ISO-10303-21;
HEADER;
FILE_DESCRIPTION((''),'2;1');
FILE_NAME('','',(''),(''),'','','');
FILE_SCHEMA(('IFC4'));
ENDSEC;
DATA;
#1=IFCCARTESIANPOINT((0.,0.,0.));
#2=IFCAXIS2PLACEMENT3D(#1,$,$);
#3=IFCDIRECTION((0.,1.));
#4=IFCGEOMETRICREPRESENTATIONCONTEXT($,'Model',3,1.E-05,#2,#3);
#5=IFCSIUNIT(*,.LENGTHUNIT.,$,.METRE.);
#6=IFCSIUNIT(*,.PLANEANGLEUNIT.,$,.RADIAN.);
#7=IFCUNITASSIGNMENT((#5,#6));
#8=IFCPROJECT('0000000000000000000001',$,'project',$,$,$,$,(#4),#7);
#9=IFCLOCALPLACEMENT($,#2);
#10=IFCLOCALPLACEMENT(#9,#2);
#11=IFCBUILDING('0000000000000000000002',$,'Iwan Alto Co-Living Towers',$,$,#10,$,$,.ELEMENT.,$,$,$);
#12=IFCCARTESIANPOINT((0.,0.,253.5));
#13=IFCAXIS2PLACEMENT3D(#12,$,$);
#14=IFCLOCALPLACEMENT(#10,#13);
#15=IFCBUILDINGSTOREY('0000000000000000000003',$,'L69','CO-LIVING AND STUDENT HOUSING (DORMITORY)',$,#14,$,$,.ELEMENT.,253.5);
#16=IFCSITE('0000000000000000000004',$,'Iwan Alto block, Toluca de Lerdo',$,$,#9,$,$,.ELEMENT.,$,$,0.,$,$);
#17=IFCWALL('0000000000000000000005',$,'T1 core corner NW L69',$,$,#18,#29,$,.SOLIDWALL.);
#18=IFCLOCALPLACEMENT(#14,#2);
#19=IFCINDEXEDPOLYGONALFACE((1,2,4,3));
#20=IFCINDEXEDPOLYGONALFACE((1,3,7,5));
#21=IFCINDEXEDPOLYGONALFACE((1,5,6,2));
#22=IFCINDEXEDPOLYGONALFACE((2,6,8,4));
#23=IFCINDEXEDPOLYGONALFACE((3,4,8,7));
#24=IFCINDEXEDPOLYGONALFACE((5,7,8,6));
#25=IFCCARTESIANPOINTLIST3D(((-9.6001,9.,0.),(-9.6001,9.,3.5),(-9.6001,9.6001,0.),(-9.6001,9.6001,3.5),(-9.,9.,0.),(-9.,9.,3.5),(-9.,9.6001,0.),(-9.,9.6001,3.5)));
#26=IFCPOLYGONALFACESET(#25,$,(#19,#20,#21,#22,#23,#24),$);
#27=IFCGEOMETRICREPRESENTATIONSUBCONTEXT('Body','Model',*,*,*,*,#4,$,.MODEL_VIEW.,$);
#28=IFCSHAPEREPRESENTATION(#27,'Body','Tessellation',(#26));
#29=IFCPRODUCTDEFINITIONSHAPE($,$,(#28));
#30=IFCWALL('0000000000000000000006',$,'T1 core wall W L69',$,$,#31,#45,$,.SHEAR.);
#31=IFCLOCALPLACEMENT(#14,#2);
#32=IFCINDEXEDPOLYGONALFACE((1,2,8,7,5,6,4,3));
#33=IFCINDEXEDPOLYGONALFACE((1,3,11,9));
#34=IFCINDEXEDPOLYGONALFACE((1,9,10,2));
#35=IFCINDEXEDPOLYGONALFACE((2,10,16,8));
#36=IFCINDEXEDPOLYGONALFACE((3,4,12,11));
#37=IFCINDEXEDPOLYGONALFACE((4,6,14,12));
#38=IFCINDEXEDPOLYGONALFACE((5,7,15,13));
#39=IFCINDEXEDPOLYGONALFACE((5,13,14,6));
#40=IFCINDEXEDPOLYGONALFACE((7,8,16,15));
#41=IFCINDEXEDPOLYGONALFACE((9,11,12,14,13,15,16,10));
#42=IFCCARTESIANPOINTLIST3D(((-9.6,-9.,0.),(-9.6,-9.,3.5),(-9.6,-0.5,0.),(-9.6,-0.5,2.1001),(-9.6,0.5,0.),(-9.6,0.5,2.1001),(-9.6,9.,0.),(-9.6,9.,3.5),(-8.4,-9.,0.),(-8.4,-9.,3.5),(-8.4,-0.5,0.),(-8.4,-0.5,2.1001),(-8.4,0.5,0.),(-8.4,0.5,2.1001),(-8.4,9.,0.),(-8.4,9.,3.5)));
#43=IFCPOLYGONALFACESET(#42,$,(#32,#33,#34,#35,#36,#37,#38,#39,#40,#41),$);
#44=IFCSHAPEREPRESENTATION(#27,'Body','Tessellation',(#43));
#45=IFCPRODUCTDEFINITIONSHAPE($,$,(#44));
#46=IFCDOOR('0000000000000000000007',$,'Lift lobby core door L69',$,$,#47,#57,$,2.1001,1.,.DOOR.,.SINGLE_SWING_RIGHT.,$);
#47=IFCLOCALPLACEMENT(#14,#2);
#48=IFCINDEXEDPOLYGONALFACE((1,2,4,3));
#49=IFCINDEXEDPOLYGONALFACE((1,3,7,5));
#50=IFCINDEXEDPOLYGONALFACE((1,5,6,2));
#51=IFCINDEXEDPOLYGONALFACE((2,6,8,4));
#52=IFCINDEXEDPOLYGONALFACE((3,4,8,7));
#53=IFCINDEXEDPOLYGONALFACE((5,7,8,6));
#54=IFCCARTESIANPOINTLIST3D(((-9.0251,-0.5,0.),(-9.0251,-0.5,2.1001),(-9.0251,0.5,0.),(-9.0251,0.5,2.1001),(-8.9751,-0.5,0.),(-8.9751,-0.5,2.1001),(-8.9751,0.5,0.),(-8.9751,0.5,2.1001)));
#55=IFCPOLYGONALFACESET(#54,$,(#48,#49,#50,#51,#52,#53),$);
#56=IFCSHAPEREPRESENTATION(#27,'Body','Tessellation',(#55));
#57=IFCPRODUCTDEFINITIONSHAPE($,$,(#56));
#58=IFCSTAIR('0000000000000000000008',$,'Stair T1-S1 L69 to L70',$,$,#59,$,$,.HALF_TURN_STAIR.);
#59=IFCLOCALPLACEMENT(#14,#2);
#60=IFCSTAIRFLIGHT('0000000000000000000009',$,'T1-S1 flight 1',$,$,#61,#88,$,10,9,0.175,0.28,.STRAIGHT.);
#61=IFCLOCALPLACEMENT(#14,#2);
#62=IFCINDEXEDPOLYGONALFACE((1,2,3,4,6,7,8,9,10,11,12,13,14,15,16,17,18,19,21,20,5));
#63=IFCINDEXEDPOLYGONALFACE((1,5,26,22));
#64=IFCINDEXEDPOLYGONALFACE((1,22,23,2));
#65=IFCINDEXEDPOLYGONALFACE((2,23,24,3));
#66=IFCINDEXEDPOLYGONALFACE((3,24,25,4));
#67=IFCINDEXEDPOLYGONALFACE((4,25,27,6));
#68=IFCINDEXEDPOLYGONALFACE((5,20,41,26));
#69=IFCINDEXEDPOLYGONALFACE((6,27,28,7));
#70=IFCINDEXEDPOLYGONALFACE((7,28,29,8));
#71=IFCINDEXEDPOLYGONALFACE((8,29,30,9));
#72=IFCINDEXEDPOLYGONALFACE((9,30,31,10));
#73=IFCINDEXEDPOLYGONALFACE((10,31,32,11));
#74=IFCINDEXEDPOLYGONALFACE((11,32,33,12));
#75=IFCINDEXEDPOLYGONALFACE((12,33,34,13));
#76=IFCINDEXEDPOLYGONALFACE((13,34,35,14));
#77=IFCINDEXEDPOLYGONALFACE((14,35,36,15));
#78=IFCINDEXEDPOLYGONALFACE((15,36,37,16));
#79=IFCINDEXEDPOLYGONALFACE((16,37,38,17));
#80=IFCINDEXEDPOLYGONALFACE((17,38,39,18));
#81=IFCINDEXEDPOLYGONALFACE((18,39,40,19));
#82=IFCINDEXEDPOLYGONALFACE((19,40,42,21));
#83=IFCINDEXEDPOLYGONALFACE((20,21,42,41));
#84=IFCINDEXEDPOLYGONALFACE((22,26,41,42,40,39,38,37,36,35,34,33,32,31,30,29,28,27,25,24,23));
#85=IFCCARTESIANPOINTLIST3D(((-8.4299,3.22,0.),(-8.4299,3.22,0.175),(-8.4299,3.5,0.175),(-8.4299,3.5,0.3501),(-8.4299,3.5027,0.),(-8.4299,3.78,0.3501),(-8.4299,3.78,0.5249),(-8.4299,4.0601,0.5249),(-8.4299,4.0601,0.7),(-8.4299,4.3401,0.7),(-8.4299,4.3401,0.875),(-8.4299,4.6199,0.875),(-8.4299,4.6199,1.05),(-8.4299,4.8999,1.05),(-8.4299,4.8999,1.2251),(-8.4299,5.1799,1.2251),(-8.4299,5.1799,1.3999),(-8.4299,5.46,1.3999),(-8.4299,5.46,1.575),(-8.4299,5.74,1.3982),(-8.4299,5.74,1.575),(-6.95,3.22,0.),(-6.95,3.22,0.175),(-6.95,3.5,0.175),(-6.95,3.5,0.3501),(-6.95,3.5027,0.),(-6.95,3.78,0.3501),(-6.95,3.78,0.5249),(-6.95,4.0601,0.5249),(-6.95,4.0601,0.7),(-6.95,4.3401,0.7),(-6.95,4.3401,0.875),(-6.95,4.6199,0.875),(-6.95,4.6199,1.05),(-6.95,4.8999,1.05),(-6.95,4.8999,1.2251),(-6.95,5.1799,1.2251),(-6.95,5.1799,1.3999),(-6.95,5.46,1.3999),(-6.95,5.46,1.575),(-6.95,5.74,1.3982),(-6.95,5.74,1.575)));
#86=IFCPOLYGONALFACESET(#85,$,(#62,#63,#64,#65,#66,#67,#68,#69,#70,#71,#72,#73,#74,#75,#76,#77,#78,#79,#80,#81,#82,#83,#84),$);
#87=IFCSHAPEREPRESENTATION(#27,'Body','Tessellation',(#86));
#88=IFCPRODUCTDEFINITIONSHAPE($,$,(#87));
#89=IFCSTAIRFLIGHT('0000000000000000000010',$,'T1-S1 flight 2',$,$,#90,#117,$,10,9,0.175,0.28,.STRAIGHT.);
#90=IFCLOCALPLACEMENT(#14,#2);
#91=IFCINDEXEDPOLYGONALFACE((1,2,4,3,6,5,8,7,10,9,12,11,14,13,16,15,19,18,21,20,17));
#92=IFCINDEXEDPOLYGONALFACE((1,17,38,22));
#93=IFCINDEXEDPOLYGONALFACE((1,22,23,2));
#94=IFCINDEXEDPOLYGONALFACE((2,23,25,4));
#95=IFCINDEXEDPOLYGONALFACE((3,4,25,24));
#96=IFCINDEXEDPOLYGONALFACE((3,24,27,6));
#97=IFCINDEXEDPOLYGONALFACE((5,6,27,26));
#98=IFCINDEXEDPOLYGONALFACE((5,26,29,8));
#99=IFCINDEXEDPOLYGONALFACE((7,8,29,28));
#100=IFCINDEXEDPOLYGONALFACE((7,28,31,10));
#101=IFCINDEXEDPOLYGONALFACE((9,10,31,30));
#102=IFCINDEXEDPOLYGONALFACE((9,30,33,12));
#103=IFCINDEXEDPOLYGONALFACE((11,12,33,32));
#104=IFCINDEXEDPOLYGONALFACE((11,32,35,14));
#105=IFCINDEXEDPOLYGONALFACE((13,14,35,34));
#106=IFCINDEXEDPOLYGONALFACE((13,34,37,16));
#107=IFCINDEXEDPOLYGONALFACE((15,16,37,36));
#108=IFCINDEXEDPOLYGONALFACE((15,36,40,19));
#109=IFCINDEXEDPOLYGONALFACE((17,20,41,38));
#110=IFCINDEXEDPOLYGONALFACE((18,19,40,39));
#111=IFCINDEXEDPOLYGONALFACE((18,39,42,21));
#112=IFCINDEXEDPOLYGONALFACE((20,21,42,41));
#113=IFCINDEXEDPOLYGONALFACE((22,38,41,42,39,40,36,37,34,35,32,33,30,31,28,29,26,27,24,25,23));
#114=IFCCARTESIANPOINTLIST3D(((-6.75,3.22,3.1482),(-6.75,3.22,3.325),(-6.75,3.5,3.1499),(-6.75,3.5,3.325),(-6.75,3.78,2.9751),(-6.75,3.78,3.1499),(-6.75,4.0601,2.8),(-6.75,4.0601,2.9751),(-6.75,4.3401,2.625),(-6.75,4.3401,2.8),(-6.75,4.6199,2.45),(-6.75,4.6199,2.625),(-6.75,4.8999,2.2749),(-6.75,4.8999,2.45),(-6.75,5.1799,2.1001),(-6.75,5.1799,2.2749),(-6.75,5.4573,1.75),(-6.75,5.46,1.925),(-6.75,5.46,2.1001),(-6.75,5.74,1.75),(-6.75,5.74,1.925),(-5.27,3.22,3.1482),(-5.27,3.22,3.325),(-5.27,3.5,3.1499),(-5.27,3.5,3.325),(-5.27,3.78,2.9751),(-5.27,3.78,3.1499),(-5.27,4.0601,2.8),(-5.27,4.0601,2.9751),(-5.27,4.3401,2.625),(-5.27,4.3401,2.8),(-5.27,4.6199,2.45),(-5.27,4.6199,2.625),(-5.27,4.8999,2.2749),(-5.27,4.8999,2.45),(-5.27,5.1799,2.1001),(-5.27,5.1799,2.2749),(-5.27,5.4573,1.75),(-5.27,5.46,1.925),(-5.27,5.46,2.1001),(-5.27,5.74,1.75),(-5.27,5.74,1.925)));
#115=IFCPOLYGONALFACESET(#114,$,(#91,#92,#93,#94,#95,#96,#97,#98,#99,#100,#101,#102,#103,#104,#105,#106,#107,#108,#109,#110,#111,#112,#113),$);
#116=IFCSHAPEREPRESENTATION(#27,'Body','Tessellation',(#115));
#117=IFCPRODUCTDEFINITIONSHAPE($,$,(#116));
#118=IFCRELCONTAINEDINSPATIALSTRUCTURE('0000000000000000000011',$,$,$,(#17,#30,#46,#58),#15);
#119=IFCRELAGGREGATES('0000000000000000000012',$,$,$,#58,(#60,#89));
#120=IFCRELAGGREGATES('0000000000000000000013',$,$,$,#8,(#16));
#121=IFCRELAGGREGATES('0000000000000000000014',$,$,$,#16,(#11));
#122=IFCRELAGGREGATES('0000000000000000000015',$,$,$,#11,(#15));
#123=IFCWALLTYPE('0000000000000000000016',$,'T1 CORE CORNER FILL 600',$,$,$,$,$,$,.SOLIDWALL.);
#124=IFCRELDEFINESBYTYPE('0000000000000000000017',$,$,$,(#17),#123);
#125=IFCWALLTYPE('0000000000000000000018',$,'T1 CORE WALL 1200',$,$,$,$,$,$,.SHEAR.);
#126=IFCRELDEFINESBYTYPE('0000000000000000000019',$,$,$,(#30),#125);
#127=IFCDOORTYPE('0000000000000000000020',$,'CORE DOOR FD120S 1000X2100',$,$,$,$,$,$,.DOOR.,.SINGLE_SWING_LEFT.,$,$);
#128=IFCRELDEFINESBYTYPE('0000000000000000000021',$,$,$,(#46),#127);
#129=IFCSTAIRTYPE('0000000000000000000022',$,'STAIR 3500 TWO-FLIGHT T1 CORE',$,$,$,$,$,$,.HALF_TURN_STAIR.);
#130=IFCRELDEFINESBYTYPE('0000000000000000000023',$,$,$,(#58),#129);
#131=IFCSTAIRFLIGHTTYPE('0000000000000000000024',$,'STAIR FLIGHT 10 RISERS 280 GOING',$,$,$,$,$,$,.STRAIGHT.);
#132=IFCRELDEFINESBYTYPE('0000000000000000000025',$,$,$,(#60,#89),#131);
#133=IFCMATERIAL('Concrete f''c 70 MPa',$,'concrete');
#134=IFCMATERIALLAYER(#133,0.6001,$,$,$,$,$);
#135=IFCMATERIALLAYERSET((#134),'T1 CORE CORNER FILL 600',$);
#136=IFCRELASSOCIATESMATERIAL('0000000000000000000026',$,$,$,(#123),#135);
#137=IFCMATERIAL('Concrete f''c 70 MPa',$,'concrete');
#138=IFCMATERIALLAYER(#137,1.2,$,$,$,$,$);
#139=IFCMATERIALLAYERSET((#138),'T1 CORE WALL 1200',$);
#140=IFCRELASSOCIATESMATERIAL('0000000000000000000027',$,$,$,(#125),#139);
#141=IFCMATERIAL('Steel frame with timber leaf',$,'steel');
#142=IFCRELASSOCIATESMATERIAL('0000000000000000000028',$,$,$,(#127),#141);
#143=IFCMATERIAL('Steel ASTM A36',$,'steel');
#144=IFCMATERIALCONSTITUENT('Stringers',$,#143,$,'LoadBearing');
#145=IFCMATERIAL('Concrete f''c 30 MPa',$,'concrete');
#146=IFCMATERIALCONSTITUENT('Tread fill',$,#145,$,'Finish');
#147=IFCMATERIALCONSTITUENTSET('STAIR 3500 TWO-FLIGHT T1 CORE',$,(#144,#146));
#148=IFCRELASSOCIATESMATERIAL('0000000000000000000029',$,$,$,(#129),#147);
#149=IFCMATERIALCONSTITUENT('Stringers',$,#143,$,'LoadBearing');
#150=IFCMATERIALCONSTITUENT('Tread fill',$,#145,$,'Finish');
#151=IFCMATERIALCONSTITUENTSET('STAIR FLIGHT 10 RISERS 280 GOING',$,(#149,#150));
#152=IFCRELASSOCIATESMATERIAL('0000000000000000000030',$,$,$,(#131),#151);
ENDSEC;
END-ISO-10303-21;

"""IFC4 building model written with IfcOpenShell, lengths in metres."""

from ifc_helpers import new_model, si_unit, direction, frame, frame_2d, origin, place, context, subcontext, project, spatial, polyline, rectangle, outline, extrude, material, layer, layer_set, constituent, constituent_set, type_object, element, fill, aggregate, save


model = new_model("IFC4")

# Units and contexts
model_context = context("Model", 3, precision=1e-05, world=origin(), true_north=direction((0.0, 1.0)))
body_context = subcontext(model_context, "Body", "Model", "MODEL_VIEW")
ifc_project = project(units=[si_unit("LENGTHUNIT", "METRE"), si_unit("PLANEANGLEUNIT", "RADIAN")], contexts=[model_context])

# Site, building, storey
site_placement = place(None, origin())
site = spatial("IfcSite", under=ifc_project, at=site_placement, Name="Iwan Alto block, Toluca de Lerdo", CompositionType="ELEMENT", RefElevation=0.0)
building_placement = place(site_placement, origin())
building = spatial("IfcBuilding", under=site, at=building_placement, Name="Iwan Alto Co-Living Towers", CompositionType="ELEMENT")
storey_placement = place(building_placement, frame((0.0, 0.0, 253.5)))
storey = spatial("IfcBuildingStorey", under=building, at=storey_placement, Name="L69", Description="CO-LIVING AND STUDENT HOUSING (DORMITORY)", CompositionType="ELEMENT", Elevation=253.5)

# Wall
ifc_material_1 = material(Name="Concrete f'c 70 MPa", Category="concrete")
ifc_layer_1 = layer(ifc_material_1, 0.6001)
ifc_layer_set_1 = layer_set([ifc_layer_1], Name="T1 CORE CORNER FILL 600")
wall_type_1 = type_object("IfcWallType", Name="T1 CORE CORNER FILL 600", PredefinedType="SOLIDWALL", material=ifc_layer_set_1)
wall_1_placement = place(storey_placement, frame((-9.6001, 9.3, 0.0), z_axis=(0.0, 0.0, 1.0), x_axis=(1.0, 0.0, 0.0)))
element("IfcWall", 1, at=wall_1_placement, inside=storey, type_object=wall_type_1, Name="T1 core corner NW L69", PredefinedType="SOLIDWALL", context=body_context, shape_type="SweptSolid", body=[
    extrude(rectangle(XDim=0.6001, YDim=0.6001, at=frame_2d((0.3, 0.0))), origin(), (0.0, 0.0, 1.0), 3.5),
])

# Wall, opening, door
ifc_material_2 = material(Name="Concrete f'c 70 MPa", Category="concrete")
ifc_layer_2 = layer(ifc_material_2, 1.2)
ifc_layer_set_2 = layer_set([ifc_layer_2], Name="T1 CORE WALL 1200")
wall_type_2 = type_object("IfcWallType", Name="T1 CORE WALL 1200", PredefinedType="SHEAR", material=ifc_layer_set_2)
wall_2_placement = place(storey_placement, frame((-9.0, 9.0, 0.0), z_axis=(0.0, 0.0, 1.0), x_axis=(0.0, -1.0, 0.0)))
wall_2 = element("IfcWall", 2, at=wall_2_placement, inside=storey, type_object=wall_type_2, Name="T1 core wall W L69", PredefinedType="SHEAR", context=body_context, shape_type="SweptSolid", body=[
    extrude(rectangle(XDim=18.0, YDim=1.2, at=frame_2d((9.0, 0.0))), origin(), (0.0, 0.0, 1.0), 3.5),
])
opening_1_placement = place(wall_2_placement, frame((8.5, 0.0, 0.0)))
opening_1 = element("IfcOpeningElement", 3, at=opening_1_placement, cuts=wall_2, PredefinedType="OPENING", context=body_context, shape_type="SweptSolid", body=[
    extrude(rectangle(XDim=1.0, YDim=2.1001, at=frame_2d((0.5, 1.05))), frame((0.0, 0.6099, 0.0), z_axis=(0.0, -1.0, 0.0), x_axis=(1.0, 0.0, 0.0)), (0.0, 0.0, 1.0), 1.22),
])
ifc_material_3 = material(Name="Steel frame with timber leaf", Category="steel")
door_type_1 = type_object("IfcDoorType", Name="CORE DOOR FD120S 1000X2100", OperationType="SINGLE_SWING_LEFT", PredefinedType="DOOR", material=ifc_material_3)
door_1_placement = place(opening_1_placement, origin())
door_1 = element("IfcDoor", 4, at=door_1_placement, inside=storey, type_object=door_type_1, Name="Lift lobby core door L69", OperationType="SINGLE_SWING_RIGHT", OverallHeight=2.1001, OverallWidth=1.0, PredefinedType="DOOR", context=body_context, shape_type="SweptSolid", body=[
    extrude(rectangle(XDim=1.0, YDim=2.1001, at=frame_2d((0.5, 1.05))), frame((0.0, 0.0249, 0.0), z_axis=(0.0, -1.0, 0.0), x_axis=(1.0, 0.0, 0.0)), (0.0, 0.0, 1.0), 0.05),
])
fill(opening_1, door_1)

# Stair, stair flights
ifc_material_4 = material(Name="Steel ASTM A36", Category="steel")
ifc_constituent_1 = constituent(ifc_material_4, Name="Stringers", Category="LoadBearing")
ifc_material_5 = material(Name="Concrete f'c 30 MPa", Category="concrete")
ifc_constituent_2 = constituent(ifc_material_5, Name="Tread fill", Category="Finish")
ifc_constituent_set_1 = constituent_set(constituents=[ifc_constituent_1, ifc_constituent_2], Name="STAIR 3500 TWO-FLIGHT T1 CORE")
stair_type = type_object("IfcStairType", Name="STAIR 3500 TWO-FLIGHT T1 CORE", PredefinedType="HALF_TURN_STAIR", material=ifc_constituent_set_1)
stair_placement = place(storey_placement, origin())
stair = element("IfcStair", 5, at=stair_placement, inside=storey, type_object=stair_type, Name="Stair T1-S1 L69 to L70", PredefinedType="HALF_TURN_STAIR")
ifc_constituent_3 = constituent(ifc_material_4, Name="Stringers", Category="LoadBearing")
ifc_constituent_4 = constituent(ifc_material_5, Name="Tread fill", Category="Finish")
ifc_constituent_set_2 = constituent_set(constituents=[ifc_constituent_3, ifc_constituent_4], Name="STAIR FLIGHT 10 RISERS 280 GOING")
stair_flight_type = type_object("IfcStairFlightType", Name="STAIR FLIGHT 10 RISERS 280 GOING", PredefinedType="STRAIGHT", material=ifc_constituent_set_2)
stair_flight_1_placement = place(storey_placement, frame((-7.6899, 3.22, 0.0), z_axis=(0.0, 0.0, 1.0), x_axis=(0.0, 1.0, 0.0)))
stair_flight_1 = element("IfcStairFlight", 6, at=stair_flight_1_placement, type_object=stair_flight_type, Name="T1-S1 flight 1", NumberOfRisers=10, NumberOfTreads=9, PredefinedType="STRAIGHT", RiserHeight=0.175, TreadLength=0.28, context=body_context, shape_type="SweptSolid", body=[
    extrude(outline(polyline([(0.0, 0.0), (0.0, 0.175), (0.28, 0.175), (0.28, 0.3501), (0.5601, 0.3501), (0.5601, 0.5249), (0.8401, 0.5249), (0.8401, 0.7), (1.1201, 0.7), (1.1201, 0.875), (1.3999, 0.875), (1.3999, 1.05), (1.6799, 1.05), (1.6799, 1.2251), (1.96, 1.2251), (1.96, 1.3999), (2.24, 1.3999), (2.24, 1.575), (2.52, 1.575), (2.52, 1.75), (2.52, 1.3982), (0.2827, 0.0), (0.0, 0.0)])), frame((0.0, 0.74, 0.0), z_axis=(0.0, -1.0, 0.0), x_axis=(1.0, 0.0, 0.0)), (0.0, 0.0, 1.0), 1.48),
])
stair_flight_2_placement = place(storey_placement, frame((-6.01, 5.74, 1.75), z_axis=(0.0, 0.0, 1.0), x_axis=(0.0, -1.0, 0.0)))
stair_flight_2 = element("IfcStairFlight", 7, at=stair_flight_2_placement, type_object=stair_flight_type, Name="T1-S1 flight 2", NumberOfRisers=10, NumberOfTreads=9, PredefinedType="STRAIGHT", RiserHeight=0.175, TreadLength=0.28, context=body_context, shape_type="SweptSolid", body=[
    extrude(outline(polyline([(0.0, 0.0), (0.0, 0.175), (0.28, 0.175), (0.28, 0.3501), (0.5601, 0.3501), (0.5601, 0.5249), (0.8401, 0.5249), (0.8401, 0.7), (1.1201, 0.7), (1.1201, 0.875), (1.3999, 0.875), (1.3999, 1.05), (1.6799, 1.05), (1.6799, 1.2251), (1.96, 1.2251), (1.96, 1.3999), (2.24, 1.3999), (2.24, 1.575), (2.52, 1.575), (2.52, 1.75), (2.52, 1.3982), (0.2827, 0.0), (0.0, 0.0)])), frame((0.0, 0.74, 0.0), z_axis=(0.0, -1.0, 0.0), x_axis=(1.0, 0.0, 0.0)), (0.0, 0.0, 1.0), 1.48),
])
aggregate(stair, [stair_flight_1, stair_flight_2])

save(model, "model.ifc")
